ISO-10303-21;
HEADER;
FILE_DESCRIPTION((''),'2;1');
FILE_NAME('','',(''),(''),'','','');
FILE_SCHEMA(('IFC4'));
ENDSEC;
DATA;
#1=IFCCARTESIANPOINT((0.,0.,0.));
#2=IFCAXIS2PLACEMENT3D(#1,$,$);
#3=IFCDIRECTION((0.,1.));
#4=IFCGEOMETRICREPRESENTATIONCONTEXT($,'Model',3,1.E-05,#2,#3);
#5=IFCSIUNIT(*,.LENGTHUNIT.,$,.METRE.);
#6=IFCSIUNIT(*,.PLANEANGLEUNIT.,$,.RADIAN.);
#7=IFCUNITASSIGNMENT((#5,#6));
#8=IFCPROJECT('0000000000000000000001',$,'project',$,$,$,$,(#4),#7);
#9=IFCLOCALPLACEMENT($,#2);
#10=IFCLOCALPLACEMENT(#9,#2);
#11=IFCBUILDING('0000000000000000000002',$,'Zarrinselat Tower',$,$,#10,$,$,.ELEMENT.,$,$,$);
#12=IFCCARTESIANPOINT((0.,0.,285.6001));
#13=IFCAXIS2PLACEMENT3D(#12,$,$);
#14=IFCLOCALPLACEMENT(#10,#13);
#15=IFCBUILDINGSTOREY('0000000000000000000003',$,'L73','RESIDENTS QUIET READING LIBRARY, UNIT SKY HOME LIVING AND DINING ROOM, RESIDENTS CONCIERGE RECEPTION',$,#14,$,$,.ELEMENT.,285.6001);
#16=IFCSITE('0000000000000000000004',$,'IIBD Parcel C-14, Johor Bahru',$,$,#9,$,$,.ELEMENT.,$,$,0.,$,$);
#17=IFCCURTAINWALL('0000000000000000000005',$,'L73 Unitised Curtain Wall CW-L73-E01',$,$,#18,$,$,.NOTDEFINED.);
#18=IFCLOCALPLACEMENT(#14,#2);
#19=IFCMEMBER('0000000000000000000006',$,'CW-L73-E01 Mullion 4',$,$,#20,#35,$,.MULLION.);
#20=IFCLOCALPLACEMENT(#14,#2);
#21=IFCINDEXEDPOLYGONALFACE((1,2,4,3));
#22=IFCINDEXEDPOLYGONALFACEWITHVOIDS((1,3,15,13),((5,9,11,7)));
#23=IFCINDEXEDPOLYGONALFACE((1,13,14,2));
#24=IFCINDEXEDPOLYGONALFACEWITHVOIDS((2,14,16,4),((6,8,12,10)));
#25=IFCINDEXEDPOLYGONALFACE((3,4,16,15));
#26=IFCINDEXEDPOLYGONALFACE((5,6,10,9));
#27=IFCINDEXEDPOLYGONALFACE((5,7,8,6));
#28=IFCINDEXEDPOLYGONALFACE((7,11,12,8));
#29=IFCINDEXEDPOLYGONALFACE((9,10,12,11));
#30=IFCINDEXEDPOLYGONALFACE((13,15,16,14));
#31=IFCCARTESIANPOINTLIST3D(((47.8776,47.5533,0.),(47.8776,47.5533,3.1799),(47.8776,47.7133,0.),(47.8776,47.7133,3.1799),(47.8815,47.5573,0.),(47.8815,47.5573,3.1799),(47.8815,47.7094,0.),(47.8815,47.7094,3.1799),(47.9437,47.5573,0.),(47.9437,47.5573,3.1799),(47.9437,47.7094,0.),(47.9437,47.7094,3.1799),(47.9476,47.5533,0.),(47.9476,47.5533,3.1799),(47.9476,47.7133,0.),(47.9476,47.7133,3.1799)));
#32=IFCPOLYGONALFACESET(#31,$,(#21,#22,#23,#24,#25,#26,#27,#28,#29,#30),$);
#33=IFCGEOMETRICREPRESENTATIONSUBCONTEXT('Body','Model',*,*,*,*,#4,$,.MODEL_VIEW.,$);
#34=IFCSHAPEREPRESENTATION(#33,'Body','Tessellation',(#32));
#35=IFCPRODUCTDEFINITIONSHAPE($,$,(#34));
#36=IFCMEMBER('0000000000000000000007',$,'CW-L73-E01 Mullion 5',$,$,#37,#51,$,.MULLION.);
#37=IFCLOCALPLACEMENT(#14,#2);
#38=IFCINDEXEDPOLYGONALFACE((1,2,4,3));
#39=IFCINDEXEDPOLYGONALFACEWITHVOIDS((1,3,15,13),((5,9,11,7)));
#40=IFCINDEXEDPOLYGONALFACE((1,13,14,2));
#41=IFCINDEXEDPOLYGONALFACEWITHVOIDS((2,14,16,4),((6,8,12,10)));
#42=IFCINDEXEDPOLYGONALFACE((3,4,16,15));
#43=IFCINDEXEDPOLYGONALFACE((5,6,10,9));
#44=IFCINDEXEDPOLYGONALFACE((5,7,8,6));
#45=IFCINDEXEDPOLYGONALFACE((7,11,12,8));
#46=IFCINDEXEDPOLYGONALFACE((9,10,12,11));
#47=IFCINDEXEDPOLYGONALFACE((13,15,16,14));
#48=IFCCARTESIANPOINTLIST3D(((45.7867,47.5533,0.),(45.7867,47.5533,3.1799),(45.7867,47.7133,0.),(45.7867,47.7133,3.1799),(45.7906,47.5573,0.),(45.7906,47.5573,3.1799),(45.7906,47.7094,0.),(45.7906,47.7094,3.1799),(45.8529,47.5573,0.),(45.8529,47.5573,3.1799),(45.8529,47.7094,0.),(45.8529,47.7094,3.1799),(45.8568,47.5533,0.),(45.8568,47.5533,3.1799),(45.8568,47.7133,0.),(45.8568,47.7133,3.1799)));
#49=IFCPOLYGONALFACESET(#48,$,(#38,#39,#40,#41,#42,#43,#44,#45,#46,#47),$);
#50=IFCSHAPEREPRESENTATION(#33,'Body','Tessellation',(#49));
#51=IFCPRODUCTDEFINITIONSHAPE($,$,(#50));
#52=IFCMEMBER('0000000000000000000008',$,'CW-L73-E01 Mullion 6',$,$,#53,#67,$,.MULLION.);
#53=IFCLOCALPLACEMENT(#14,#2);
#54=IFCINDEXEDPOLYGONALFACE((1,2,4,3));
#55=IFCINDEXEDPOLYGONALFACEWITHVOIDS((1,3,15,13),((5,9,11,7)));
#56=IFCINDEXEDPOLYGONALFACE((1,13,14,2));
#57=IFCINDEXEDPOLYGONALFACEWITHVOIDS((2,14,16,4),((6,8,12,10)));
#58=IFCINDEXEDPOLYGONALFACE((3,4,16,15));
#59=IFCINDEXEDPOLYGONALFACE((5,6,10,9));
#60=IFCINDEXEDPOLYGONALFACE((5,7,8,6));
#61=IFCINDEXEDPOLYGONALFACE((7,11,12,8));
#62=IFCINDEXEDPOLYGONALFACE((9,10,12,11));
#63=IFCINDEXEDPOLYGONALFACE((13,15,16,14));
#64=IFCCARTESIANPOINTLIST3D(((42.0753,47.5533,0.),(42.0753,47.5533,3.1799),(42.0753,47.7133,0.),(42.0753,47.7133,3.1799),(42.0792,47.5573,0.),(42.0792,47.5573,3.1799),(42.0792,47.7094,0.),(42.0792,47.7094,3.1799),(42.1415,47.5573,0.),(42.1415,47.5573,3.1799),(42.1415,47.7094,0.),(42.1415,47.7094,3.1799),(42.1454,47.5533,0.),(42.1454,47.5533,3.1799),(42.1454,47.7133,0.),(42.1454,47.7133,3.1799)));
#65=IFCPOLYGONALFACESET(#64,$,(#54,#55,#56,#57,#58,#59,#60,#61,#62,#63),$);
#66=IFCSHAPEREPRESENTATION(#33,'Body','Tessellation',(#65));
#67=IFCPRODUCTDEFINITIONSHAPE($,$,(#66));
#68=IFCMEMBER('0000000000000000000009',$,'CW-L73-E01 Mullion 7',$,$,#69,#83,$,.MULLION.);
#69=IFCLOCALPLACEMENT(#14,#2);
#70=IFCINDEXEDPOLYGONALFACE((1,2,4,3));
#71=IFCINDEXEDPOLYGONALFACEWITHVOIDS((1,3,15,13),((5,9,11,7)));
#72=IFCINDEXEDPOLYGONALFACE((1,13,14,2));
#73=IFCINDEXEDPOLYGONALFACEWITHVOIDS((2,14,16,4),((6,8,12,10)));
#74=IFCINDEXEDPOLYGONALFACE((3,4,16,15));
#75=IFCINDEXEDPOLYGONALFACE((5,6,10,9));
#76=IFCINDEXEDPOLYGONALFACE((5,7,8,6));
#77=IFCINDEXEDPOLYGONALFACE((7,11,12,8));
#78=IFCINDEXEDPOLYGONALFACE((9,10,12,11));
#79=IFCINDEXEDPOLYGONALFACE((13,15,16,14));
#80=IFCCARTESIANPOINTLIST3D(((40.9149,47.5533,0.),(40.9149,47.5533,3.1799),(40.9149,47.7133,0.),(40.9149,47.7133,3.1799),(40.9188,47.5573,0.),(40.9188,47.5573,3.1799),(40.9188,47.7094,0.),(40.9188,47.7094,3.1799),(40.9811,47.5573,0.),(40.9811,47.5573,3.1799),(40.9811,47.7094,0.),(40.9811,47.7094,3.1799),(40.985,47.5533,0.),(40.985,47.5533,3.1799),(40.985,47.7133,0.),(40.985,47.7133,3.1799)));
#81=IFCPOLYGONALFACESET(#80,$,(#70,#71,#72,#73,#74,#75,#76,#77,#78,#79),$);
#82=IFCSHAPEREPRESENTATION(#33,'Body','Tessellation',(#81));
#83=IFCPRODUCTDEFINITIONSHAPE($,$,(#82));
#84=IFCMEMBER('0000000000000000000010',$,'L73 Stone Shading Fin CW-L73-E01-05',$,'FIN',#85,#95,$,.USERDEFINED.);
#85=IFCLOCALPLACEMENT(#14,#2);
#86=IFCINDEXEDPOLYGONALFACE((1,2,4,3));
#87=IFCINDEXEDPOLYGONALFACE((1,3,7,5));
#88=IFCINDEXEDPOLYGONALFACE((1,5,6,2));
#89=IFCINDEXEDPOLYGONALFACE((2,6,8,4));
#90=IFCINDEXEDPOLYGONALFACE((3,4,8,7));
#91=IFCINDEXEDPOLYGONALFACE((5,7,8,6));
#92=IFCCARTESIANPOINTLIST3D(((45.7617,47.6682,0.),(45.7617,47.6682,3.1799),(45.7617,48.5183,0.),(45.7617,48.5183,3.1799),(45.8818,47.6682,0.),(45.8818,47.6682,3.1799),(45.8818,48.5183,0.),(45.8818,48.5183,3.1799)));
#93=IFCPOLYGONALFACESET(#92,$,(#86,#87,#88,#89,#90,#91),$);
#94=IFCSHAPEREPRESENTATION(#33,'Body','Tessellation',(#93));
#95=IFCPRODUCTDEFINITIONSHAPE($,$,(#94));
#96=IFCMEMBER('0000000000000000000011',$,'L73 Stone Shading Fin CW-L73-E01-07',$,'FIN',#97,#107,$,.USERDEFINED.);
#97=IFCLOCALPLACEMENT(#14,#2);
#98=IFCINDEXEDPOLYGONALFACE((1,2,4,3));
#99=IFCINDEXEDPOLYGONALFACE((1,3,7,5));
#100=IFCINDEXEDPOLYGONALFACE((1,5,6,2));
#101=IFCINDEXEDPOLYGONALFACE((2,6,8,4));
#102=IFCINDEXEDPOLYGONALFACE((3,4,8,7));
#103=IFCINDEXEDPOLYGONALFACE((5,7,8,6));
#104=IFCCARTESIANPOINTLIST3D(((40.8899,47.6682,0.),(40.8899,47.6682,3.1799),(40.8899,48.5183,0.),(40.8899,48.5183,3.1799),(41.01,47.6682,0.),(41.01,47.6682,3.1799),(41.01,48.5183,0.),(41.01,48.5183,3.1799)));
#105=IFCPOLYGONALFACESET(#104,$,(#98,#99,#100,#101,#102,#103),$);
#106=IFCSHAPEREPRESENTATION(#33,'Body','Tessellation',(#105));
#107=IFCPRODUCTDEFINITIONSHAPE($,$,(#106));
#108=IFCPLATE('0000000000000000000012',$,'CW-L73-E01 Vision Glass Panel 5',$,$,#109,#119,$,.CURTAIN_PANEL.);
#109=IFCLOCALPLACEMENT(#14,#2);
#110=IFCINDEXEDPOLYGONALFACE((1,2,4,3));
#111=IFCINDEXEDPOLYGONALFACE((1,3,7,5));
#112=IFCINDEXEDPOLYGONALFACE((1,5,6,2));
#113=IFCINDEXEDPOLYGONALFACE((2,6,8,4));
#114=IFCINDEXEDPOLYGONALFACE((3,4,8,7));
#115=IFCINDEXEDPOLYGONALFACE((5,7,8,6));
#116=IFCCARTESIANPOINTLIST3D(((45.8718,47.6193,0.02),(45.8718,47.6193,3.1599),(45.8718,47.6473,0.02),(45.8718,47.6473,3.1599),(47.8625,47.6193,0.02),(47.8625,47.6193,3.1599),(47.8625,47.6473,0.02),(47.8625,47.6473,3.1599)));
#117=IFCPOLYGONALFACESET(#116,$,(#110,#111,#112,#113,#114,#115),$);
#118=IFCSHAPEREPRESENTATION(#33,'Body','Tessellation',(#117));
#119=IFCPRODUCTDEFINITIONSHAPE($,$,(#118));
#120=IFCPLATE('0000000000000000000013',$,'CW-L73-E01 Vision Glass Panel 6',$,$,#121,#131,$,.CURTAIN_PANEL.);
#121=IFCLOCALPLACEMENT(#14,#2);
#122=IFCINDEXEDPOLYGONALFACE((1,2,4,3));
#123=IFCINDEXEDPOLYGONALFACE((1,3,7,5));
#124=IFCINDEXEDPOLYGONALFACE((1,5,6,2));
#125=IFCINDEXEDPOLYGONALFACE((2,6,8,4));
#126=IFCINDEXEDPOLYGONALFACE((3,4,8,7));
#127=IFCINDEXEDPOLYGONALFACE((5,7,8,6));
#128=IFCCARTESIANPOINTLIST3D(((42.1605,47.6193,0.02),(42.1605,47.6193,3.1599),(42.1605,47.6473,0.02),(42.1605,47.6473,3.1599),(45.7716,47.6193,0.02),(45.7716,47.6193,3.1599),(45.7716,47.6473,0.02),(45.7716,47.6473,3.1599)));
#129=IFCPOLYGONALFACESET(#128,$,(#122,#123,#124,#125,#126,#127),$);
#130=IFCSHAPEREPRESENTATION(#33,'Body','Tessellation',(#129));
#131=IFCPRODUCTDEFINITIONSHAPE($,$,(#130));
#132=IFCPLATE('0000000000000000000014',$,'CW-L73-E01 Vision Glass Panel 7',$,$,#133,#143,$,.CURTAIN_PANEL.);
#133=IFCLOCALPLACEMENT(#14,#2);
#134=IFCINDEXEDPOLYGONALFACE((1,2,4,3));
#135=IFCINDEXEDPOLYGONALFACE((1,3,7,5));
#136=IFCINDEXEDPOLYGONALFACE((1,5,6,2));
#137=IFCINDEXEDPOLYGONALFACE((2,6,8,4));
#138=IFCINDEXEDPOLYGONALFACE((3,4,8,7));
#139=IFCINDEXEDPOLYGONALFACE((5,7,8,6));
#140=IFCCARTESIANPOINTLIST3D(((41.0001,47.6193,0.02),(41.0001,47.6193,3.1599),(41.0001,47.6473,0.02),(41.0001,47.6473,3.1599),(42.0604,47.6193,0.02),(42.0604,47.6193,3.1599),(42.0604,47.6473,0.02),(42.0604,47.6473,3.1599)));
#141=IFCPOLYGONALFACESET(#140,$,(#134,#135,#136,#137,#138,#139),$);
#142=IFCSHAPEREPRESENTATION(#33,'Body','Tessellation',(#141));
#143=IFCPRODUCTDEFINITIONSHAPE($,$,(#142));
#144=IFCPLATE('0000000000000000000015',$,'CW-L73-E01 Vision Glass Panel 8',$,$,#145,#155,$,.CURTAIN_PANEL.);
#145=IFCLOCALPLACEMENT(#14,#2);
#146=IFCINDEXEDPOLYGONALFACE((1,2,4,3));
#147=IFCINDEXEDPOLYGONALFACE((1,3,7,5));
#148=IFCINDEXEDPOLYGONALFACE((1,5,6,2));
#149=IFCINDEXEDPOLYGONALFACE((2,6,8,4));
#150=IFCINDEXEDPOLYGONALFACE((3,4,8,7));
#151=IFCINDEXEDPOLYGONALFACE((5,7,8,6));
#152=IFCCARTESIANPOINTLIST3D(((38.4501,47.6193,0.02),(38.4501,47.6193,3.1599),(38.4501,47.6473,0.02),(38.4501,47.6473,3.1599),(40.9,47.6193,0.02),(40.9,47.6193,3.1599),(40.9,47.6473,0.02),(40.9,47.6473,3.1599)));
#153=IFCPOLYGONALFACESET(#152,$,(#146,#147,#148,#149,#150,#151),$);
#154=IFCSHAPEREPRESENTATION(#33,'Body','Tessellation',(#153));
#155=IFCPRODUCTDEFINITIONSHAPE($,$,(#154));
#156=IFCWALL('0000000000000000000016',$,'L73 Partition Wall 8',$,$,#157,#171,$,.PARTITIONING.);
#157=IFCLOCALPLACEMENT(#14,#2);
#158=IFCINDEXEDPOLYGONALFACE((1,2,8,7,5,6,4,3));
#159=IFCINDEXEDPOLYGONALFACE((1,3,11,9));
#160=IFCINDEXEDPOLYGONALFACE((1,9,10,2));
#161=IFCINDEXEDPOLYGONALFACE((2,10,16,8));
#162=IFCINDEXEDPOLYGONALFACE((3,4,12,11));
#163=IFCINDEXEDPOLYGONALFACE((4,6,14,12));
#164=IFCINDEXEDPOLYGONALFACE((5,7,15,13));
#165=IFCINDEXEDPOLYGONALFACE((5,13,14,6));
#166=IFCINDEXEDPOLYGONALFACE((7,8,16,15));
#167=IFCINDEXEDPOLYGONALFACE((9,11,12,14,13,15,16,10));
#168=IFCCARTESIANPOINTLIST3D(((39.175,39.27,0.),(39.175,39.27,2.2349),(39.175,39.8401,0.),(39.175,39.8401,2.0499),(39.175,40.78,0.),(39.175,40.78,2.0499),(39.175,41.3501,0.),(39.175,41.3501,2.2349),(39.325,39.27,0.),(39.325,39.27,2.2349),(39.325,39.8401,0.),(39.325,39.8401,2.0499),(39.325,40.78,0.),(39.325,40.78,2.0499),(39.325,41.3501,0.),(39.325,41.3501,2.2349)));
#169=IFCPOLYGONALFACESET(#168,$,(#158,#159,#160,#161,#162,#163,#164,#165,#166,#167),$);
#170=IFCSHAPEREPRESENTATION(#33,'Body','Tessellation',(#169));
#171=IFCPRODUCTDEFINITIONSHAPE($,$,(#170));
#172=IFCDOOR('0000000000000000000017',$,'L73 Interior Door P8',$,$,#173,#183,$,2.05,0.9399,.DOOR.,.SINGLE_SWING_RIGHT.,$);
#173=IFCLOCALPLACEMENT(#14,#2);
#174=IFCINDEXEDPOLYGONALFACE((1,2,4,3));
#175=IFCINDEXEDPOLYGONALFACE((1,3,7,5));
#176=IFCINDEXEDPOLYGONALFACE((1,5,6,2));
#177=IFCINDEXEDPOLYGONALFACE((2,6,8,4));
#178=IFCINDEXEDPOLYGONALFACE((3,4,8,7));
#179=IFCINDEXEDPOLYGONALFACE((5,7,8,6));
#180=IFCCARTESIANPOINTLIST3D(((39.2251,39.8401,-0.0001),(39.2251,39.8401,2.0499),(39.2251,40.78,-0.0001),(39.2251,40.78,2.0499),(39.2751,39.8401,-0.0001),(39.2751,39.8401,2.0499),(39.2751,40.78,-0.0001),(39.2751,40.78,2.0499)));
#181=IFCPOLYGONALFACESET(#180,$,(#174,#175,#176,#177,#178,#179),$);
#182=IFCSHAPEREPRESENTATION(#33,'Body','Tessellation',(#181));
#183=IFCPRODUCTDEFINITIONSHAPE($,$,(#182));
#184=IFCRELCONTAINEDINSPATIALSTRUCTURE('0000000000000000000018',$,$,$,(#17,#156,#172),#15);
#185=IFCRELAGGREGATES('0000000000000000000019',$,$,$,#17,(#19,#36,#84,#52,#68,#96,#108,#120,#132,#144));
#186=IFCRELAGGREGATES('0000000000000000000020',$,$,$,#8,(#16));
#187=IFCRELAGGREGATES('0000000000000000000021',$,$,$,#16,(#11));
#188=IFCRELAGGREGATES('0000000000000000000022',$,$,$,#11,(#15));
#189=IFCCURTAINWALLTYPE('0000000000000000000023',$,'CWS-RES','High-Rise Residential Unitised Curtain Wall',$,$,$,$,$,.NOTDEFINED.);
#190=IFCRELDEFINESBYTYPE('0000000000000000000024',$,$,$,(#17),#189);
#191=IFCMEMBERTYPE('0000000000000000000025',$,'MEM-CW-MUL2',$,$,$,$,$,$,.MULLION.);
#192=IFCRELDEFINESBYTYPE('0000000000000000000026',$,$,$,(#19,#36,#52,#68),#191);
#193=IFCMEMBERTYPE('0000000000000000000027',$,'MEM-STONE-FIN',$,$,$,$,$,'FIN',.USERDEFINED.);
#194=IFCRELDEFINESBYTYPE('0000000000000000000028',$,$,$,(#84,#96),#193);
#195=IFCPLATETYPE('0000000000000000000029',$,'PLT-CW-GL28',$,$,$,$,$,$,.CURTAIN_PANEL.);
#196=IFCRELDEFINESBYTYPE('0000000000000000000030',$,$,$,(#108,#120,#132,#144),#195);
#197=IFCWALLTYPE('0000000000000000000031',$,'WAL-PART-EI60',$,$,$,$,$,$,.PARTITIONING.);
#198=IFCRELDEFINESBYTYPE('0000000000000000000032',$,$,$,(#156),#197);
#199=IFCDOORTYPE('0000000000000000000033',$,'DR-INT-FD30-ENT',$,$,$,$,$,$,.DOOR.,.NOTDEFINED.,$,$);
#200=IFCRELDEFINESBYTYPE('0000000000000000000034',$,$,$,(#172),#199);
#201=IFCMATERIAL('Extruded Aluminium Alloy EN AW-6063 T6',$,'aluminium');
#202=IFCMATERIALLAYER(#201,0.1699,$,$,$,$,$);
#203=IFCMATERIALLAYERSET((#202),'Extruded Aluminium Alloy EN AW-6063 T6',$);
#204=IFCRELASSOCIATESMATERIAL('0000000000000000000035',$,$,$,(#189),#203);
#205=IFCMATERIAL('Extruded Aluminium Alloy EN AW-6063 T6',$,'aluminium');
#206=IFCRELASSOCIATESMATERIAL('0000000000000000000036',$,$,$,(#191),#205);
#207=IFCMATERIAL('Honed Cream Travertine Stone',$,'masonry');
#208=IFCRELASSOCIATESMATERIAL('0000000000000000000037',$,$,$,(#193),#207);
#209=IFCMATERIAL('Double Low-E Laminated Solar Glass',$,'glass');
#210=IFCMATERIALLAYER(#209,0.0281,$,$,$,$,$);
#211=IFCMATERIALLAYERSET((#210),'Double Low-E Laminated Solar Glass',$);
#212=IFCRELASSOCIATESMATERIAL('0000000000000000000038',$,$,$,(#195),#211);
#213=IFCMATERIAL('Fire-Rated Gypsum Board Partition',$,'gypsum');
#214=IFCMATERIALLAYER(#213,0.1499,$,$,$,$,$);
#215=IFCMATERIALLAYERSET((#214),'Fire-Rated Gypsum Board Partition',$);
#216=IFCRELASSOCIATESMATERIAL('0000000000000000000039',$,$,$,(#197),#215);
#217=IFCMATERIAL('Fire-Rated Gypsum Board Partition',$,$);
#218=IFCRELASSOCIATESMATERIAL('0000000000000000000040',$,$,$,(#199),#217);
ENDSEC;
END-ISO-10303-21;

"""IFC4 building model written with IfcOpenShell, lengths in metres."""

from ifc_helpers import new_model, si_unit, direction, frame, frame_2d, origin, origin_2d, place, context, subcontext, project, spatial, rectangle, hollow_rectangle, extrude, material, layer, layer_set, material_profile, profile_set, type_object, element, fill, aggregate, save


model = new_model("IFC4")

# Units and contexts
model_context = context("Model", 3, precision=1e-05, world=origin(), true_north=direction((0.0, 1.0)))
body_context = subcontext(model_context, "Body", "Model", "MODEL_VIEW")
ifc_project = project(units=[si_unit("LENGTHUNIT", "METRE"), si_unit("PLANEANGLEUNIT", "RADIAN")], contexts=[model_context])

# Site, building, storey
site_placement = place(None, origin())
site = spatial("IfcSite", under=ifc_project, at=site_placement, Name="IIBD Parcel C-14, Johor Bahru", CompositionType="ELEMENT", RefElevation=0.0)
building_placement = place(site_placement, origin())
building = spatial("IfcBuilding", under=site, at=building_placement, Name="Zarrinselat Tower", CompositionType="ELEMENT")
storey_placement = place(building_placement, frame((0.0, 0.0, 285.6001)))
storey = spatial("IfcBuildingStorey", under=building, at=storey_placement, Name="L73", Description="RESIDENTS QUIET READING LIBRARY, UNIT SKY HOME LIVING AND DINING ROOM, RESIDENTS CONCIERGE RECEPTION", CompositionType="ELEMENT", Elevation=285.6001)

# Curtain wall, members, plates
ifc_material_1 = material(Name="Extruded Aluminium Alloy EN AW-6063 T6", Category="aluminium")
ifc_layer_1 = layer(ifc_material_1, 0.1699)
ifc_layer_set_1 = layer_set([ifc_layer_1], Name="Extruded Aluminium Alloy EN AW-6063 T6")
curtain_wall_type = type_object("IfcCurtainWallType", Name="CWS-RES", Description="High-Rise Residential Unitised Curtain Wall", PredefinedType="NOTDEFINED", material=ifc_layer_set_1)
curtain_wall_placement = place(storey_placement, origin())
curtain_wall = element("IfcCurtainWall", 1, at=curtain_wall_placement, inside=storey, type_object=curtain_wall_type, Name="L73 Unitised Curtain Wall CW-L73-E01", PredefinedType="NOTDEFINED")
ifc_material_2 = material(Name="Extruded Aluminium Alloy EN AW-6063 T6", Category="aluminium")
ifc_material_profile_1 = material_profile(ifc_material_2, hollow_rectangle(XDim=0.0701, YDim=0.1599, WallThickness=0.0039, at=origin_2d()), Name="RHS 160x70x4")
ifc_profile_set_1 = profile_set([ifc_material_profile_1], Name="Extruded Aluminium Alloy EN AW-6063 T6")
member_type_1 = type_object("IfcMemberType", Name="MEM-CW-MUL2", PredefinedType="MULLION", material=ifc_profile_set_1)
member_1_placement = place(storey_placement, frame((47.9126, 47.6333, 0.0), z_axis=(0.0, 0.0, 1.0), x_axis=(-1.0, 0.0, 0.0)))
member_1 = element("IfcMember", 2, at=member_1_placement, type_object=member_type_1, Name="CW-L73-E01 Mullion 4", PredefinedType="MULLION", context=body_context, shape_type="SweptSolid", body=[
    extrude(hollow_rectangle(XDim=0.0701, YDim=0.1599, WallThickness=0.0039, at=origin_2d()), origin(), (0.0, 0.0, 1.0), 3.1799),
])
member_2_placement = place(storey_placement, frame((45.8218, 47.6333, 0.0), z_axis=(0.0, 0.0, 1.0), x_axis=(-1.0, 0.0, 0.0)))
member_2 = element("IfcMember", 3, at=member_2_placement, type_object=member_type_1, Name="CW-L73-E01 Mullion 5", PredefinedType="MULLION", context=body_context, shape_type="SweptSolid", body=[
    extrude(hollow_rectangle(XDim=0.0701, YDim=0.1599, WallThickness=0.0039, at=origin_2d()), origin(), (0.0, 0.0, 1.0), 3.1799),
])
member_3_placement = place(storey_placement, frame((42.1104, 47.6333, 0.0), z_axis=(0.0, 0.0, 1.0), x_axis=(-1.0, 0.0, 0.0)))
member_3 = element("IfcMember", 4, at=member_3_placement, type_object=member_type_1, Name="CW-L73-E01 Mullion 6", PredefinedType="MULLION", context=body_context, shape_type="SweptSolid", body=[
    extrude(hollow_rectangle(XDim=0.0701, YDim=0.1599, WallThickness=0.0039, at=origin_2d()), origin(), (0.0, 0.0, 1.0), 3.1799),
])
member_4_placement = place(storey_placement, frame((40.95, 47.6333, 0.0), z_axis=(0.0, 0.0, 1.0), x_axis=(-1.0, 0.0, 0.0)))
member_4 = element("IfcMember", 5, at=member_4_placement, type_object=member_type_1, Name="CW-L73-E01 Mullion 7", PredefinedType="MULLION", context=body_context, shape_type="SweptSolid", body=[
    extrude(hollow_rectangle(XDim=0.0701, YDim=0.1599, WallThickness=0.0039, at=origin_2d()), origin(), (0.0, 0.0, 1.0), 3.1799),
])
ifc_material_3 = material(Name="Honed Cream Travertine Stone", Category="masonry")
ifc_material_profile_2 = material_profile(ifc_material_3, rectangle(XDim=0.1201, YDim=0.8501, at=origin_2d()), Name="FIN 850x120")
ifc_profile_set_2 = profile_set([ifc_material_profile_2], Name="Honed Cream Travertine Stone")
member_type_2 = type_object("IfcMemberType", Name="MEM-STONE-FIN", ElementType="FIN", PredefinedType="USERDEFINED", material=ifc_profile_set_2)
member_5_placement = place(storey_placement, frame((45.8218, 48.0933, 0.0), z_axis=(0.0, 0.0, 1.0), x_axis=(1.0, 0.0, 0.0)))
member_5 = element("IfcMember", 6, at=member_5_placement, type_object=member_type_2, Name="L73 Stone Shading Fin CW-L73-E01-05", ObjectType="FIN", PredefinedType="USERDEFINED", context=body_context, shape_type="SweptSolid", body=[
    extrude(rectangle(XDim=0.1201, YDim=0.8501, at=origin_2d()), origin(), (0.0, 0.0, 1.0), 3.1799),
])
member_6_placement = place(storey_placement, frame((40.95, 48.0933, 0.0), z_axis=(0.0, 0.0, 1.0), x_axis=(1.0, 0.0, 0.0)))
member_6 = element("IfcMember", 7, at=member_6_placement, type_object=member_type_2, Name="L73 Stone Shading Fin CW-L73-E01-07", ObjectType="FIN", PredefinedType="USERDEFINED", context=body_context, shape_type="SweptSolid", body=[
    extrude(rectangle(XDim=0.1201, YDim=0.8501, at=origin_2d()), origin(), (0.0, 0.0, 1.0), 3.1799),
])
ifc_material_4 = material(Name="Double Low-E Laminated Solar Glass", Category="glass")
ifc_layer_2 = layer(ifc_material_4, 0.0281)
ifc_layer_set_2 = layer_set([ifc_layer_2], Name="Double Low-E Laminated Solar Glass")
plate_type = type_object("IfcPlateType", Name="PLT-CW-GL28", PredefinedType="CURTAIN_PANEL", material=ifc_layer_set_2)
plate_1_placement = place(storey_placement, frame((46.8672, 47.6333, 0.02), z_axis=(0.0, 0.0, 1.0), x_axis=(-1.0, 0.0, 0.0)))
plate_1 = element("IfcPlate", 8, at=plate_1_placement, type_object=plate_type, Name="CW-L73-E01 Vision Glass Panel 5", PredefinedType="CURTAIN_PANEL", context=body_context, shape_type="SweptSolid", body=[
    extrude(rectangle(XDim=1.9907, YDim=0.0281, at=origin_2d()), origin(), (0.0, 0.0, 1.0), 3.1399),
])
plate_2_placement = place(storey_placement, frame((43.9661, 47.6333, 0.02), z_axis=(0.0, 0.0, 1.0), x_axis=(-1.0, 0.0, 0.0)))
plate_2 = element("IfcPlate", 9, at=plate_2_placement, type_object=plate_type, Name="CW-L73-E01 Vision Glass Panel 6", PredefinedType="CURTAIN_PANEL", context=body_context, shape_type="SweptSolid", body=[
    extrude(rectangle(XDim=3.6111, YDim=0.0281, at=origin_2d()), origin(), (0.0, 0.0, 1.0), 3.1399),
])
plate_3_placement = place(storey_placement, frame((41.5303, 47.6333, 0.02), z_axis=(0.0, 0.0, 1.0), x_axis=(-1.0, 0.0, 0.0)))
plate_3 = element("IfcPlate", 10, at=plate_3_placement, type_object=plate_type, Name="CW-L73-E01 Vision Glass Panel 7", PredefinedType="CURTAIN_PANEL", context=body_context, shape_type="SweptSolid", body=[
    extrude(rectangle(XDim=1.0603, YDim=0.0281, at=origin_2d()), origin(), (0.0, 0.0, 1.0), 3.1399),
])
plate_4_placement = place(storey_placement, frame((39.675, 47.6333, 0.02), z_axis=(0.0, 0.0, 1.0), x_axis=(-1.0, 0.0, 0.0)))
plate_4 = element("IfcPlate", 11, at=plate_4_placement, type_object=plate_type, Name="CW-L73-E01 Vision Glass Panel 8", PredefinedType="CURTAIN_PANEL", context=body_context, shape_type="SweptSolid", body=[
    extrude(rectangle(XDim=2.45, YDim=0.0281, at=origin_2d()), origin(), (0.0, 0.0, 1.0), 3.1399),
])
aggregate(curtain_wall, [member_1, member_2, member_5, member_3, member_4, member_6, plate_1, plate_2, plate_3, plate_4])

# Wall, opening, door
ifc_material_5 = material(Name="Fire-Rated Gypsum Board Partition", Category="gypsum")
ifc_layer_3 = layer(ifc_material_5, 0.1499)
ifc_layer_set_3 = layer_set([ifc_layer_3], Name="Fire-Rated Gypsum Board Partition")
wall_type_1 = type_object("IfcWallType", Name="WAL-PART-EI60", PredefinedType="PARTITIONING", material=ifc_layer_set_3)
wall_1_placement = place(storey_placement, frame((39.25, 39.27, 0.0), z_axis=(0.0, 0.0, 1.0), x_axis=(0.0, 1.0, 0.0)))
wall_1 = element("IfcWall", 12, at=wall_1_placement, inside=storey, type_object=wall_type_1, Name="L73 Partition Wall 8", PredefinedType="PARTITIONING", context=body_context, shape_type="SweptSolid", body=[
    extrude(rectangle(XDim=2.0801, YDim=0.1499, at=frame_2d((1.04, 0.0))), origin(), (0.0, 0.0, 1.0), 2.2349),
])
opening_1_placement = place(wall_1_placement, frame((0.5701, 0.0, 0.0)))
opening_1 = element("IfcOpeningElement", 13, at=opening_1_placement, cuts=wall_1, PredefinedType="OPENING", context=body_context, shape_type="SweptSolid", body=[
    extrude(rectangle(XDim=0.9399, YDim=2.05, at=frame_2d((0.47, 1.0249))), frame((0.0, 0.085, 0.0), z_axis=(0.0, -1.0, 0.0), x_axis=(1.0, 0.0, 0.0)), (0.0, 0.0, 1.0), 0.1699),
])
ifc_material_6 = material(Name="Fire-Rated Gypsum Board Partition")
door_type_1 = type_object("IfcDoorType", Name="DR-INT-FD30-ENT", OperationType="NOTDEFINED", PredefinedType="DOOR", material=ifc_material_6)
door_1_placement = place(opening_1_placement, origin())
door_1 = element("IfcDoor", 14, at=door_1_placement, inside=storey, type_object=door_type_1, Name="L73 Interior Door P8", OperationType="SINGLE_SWING_RIGHT", OverallHeight=2.05, OverallWidth=0.9399, PredefinedType="DOOR", context=body_context, shape_type="SweptSolid", body=[
    extrude(rectangle(XDim=0.9399, YDim=2.05, at=frame_2d((0.47, 1.0249))), frame((0.0, 0.0249, 0.0), z_axis=(0.0, -1.0, 0.0), x_axis=(1.0, 0.0, 0.0)), (0.0, 0.0, 1.0), 0.05),
])
fill(opening_1, door_1)

save(model, "model.ifc")
